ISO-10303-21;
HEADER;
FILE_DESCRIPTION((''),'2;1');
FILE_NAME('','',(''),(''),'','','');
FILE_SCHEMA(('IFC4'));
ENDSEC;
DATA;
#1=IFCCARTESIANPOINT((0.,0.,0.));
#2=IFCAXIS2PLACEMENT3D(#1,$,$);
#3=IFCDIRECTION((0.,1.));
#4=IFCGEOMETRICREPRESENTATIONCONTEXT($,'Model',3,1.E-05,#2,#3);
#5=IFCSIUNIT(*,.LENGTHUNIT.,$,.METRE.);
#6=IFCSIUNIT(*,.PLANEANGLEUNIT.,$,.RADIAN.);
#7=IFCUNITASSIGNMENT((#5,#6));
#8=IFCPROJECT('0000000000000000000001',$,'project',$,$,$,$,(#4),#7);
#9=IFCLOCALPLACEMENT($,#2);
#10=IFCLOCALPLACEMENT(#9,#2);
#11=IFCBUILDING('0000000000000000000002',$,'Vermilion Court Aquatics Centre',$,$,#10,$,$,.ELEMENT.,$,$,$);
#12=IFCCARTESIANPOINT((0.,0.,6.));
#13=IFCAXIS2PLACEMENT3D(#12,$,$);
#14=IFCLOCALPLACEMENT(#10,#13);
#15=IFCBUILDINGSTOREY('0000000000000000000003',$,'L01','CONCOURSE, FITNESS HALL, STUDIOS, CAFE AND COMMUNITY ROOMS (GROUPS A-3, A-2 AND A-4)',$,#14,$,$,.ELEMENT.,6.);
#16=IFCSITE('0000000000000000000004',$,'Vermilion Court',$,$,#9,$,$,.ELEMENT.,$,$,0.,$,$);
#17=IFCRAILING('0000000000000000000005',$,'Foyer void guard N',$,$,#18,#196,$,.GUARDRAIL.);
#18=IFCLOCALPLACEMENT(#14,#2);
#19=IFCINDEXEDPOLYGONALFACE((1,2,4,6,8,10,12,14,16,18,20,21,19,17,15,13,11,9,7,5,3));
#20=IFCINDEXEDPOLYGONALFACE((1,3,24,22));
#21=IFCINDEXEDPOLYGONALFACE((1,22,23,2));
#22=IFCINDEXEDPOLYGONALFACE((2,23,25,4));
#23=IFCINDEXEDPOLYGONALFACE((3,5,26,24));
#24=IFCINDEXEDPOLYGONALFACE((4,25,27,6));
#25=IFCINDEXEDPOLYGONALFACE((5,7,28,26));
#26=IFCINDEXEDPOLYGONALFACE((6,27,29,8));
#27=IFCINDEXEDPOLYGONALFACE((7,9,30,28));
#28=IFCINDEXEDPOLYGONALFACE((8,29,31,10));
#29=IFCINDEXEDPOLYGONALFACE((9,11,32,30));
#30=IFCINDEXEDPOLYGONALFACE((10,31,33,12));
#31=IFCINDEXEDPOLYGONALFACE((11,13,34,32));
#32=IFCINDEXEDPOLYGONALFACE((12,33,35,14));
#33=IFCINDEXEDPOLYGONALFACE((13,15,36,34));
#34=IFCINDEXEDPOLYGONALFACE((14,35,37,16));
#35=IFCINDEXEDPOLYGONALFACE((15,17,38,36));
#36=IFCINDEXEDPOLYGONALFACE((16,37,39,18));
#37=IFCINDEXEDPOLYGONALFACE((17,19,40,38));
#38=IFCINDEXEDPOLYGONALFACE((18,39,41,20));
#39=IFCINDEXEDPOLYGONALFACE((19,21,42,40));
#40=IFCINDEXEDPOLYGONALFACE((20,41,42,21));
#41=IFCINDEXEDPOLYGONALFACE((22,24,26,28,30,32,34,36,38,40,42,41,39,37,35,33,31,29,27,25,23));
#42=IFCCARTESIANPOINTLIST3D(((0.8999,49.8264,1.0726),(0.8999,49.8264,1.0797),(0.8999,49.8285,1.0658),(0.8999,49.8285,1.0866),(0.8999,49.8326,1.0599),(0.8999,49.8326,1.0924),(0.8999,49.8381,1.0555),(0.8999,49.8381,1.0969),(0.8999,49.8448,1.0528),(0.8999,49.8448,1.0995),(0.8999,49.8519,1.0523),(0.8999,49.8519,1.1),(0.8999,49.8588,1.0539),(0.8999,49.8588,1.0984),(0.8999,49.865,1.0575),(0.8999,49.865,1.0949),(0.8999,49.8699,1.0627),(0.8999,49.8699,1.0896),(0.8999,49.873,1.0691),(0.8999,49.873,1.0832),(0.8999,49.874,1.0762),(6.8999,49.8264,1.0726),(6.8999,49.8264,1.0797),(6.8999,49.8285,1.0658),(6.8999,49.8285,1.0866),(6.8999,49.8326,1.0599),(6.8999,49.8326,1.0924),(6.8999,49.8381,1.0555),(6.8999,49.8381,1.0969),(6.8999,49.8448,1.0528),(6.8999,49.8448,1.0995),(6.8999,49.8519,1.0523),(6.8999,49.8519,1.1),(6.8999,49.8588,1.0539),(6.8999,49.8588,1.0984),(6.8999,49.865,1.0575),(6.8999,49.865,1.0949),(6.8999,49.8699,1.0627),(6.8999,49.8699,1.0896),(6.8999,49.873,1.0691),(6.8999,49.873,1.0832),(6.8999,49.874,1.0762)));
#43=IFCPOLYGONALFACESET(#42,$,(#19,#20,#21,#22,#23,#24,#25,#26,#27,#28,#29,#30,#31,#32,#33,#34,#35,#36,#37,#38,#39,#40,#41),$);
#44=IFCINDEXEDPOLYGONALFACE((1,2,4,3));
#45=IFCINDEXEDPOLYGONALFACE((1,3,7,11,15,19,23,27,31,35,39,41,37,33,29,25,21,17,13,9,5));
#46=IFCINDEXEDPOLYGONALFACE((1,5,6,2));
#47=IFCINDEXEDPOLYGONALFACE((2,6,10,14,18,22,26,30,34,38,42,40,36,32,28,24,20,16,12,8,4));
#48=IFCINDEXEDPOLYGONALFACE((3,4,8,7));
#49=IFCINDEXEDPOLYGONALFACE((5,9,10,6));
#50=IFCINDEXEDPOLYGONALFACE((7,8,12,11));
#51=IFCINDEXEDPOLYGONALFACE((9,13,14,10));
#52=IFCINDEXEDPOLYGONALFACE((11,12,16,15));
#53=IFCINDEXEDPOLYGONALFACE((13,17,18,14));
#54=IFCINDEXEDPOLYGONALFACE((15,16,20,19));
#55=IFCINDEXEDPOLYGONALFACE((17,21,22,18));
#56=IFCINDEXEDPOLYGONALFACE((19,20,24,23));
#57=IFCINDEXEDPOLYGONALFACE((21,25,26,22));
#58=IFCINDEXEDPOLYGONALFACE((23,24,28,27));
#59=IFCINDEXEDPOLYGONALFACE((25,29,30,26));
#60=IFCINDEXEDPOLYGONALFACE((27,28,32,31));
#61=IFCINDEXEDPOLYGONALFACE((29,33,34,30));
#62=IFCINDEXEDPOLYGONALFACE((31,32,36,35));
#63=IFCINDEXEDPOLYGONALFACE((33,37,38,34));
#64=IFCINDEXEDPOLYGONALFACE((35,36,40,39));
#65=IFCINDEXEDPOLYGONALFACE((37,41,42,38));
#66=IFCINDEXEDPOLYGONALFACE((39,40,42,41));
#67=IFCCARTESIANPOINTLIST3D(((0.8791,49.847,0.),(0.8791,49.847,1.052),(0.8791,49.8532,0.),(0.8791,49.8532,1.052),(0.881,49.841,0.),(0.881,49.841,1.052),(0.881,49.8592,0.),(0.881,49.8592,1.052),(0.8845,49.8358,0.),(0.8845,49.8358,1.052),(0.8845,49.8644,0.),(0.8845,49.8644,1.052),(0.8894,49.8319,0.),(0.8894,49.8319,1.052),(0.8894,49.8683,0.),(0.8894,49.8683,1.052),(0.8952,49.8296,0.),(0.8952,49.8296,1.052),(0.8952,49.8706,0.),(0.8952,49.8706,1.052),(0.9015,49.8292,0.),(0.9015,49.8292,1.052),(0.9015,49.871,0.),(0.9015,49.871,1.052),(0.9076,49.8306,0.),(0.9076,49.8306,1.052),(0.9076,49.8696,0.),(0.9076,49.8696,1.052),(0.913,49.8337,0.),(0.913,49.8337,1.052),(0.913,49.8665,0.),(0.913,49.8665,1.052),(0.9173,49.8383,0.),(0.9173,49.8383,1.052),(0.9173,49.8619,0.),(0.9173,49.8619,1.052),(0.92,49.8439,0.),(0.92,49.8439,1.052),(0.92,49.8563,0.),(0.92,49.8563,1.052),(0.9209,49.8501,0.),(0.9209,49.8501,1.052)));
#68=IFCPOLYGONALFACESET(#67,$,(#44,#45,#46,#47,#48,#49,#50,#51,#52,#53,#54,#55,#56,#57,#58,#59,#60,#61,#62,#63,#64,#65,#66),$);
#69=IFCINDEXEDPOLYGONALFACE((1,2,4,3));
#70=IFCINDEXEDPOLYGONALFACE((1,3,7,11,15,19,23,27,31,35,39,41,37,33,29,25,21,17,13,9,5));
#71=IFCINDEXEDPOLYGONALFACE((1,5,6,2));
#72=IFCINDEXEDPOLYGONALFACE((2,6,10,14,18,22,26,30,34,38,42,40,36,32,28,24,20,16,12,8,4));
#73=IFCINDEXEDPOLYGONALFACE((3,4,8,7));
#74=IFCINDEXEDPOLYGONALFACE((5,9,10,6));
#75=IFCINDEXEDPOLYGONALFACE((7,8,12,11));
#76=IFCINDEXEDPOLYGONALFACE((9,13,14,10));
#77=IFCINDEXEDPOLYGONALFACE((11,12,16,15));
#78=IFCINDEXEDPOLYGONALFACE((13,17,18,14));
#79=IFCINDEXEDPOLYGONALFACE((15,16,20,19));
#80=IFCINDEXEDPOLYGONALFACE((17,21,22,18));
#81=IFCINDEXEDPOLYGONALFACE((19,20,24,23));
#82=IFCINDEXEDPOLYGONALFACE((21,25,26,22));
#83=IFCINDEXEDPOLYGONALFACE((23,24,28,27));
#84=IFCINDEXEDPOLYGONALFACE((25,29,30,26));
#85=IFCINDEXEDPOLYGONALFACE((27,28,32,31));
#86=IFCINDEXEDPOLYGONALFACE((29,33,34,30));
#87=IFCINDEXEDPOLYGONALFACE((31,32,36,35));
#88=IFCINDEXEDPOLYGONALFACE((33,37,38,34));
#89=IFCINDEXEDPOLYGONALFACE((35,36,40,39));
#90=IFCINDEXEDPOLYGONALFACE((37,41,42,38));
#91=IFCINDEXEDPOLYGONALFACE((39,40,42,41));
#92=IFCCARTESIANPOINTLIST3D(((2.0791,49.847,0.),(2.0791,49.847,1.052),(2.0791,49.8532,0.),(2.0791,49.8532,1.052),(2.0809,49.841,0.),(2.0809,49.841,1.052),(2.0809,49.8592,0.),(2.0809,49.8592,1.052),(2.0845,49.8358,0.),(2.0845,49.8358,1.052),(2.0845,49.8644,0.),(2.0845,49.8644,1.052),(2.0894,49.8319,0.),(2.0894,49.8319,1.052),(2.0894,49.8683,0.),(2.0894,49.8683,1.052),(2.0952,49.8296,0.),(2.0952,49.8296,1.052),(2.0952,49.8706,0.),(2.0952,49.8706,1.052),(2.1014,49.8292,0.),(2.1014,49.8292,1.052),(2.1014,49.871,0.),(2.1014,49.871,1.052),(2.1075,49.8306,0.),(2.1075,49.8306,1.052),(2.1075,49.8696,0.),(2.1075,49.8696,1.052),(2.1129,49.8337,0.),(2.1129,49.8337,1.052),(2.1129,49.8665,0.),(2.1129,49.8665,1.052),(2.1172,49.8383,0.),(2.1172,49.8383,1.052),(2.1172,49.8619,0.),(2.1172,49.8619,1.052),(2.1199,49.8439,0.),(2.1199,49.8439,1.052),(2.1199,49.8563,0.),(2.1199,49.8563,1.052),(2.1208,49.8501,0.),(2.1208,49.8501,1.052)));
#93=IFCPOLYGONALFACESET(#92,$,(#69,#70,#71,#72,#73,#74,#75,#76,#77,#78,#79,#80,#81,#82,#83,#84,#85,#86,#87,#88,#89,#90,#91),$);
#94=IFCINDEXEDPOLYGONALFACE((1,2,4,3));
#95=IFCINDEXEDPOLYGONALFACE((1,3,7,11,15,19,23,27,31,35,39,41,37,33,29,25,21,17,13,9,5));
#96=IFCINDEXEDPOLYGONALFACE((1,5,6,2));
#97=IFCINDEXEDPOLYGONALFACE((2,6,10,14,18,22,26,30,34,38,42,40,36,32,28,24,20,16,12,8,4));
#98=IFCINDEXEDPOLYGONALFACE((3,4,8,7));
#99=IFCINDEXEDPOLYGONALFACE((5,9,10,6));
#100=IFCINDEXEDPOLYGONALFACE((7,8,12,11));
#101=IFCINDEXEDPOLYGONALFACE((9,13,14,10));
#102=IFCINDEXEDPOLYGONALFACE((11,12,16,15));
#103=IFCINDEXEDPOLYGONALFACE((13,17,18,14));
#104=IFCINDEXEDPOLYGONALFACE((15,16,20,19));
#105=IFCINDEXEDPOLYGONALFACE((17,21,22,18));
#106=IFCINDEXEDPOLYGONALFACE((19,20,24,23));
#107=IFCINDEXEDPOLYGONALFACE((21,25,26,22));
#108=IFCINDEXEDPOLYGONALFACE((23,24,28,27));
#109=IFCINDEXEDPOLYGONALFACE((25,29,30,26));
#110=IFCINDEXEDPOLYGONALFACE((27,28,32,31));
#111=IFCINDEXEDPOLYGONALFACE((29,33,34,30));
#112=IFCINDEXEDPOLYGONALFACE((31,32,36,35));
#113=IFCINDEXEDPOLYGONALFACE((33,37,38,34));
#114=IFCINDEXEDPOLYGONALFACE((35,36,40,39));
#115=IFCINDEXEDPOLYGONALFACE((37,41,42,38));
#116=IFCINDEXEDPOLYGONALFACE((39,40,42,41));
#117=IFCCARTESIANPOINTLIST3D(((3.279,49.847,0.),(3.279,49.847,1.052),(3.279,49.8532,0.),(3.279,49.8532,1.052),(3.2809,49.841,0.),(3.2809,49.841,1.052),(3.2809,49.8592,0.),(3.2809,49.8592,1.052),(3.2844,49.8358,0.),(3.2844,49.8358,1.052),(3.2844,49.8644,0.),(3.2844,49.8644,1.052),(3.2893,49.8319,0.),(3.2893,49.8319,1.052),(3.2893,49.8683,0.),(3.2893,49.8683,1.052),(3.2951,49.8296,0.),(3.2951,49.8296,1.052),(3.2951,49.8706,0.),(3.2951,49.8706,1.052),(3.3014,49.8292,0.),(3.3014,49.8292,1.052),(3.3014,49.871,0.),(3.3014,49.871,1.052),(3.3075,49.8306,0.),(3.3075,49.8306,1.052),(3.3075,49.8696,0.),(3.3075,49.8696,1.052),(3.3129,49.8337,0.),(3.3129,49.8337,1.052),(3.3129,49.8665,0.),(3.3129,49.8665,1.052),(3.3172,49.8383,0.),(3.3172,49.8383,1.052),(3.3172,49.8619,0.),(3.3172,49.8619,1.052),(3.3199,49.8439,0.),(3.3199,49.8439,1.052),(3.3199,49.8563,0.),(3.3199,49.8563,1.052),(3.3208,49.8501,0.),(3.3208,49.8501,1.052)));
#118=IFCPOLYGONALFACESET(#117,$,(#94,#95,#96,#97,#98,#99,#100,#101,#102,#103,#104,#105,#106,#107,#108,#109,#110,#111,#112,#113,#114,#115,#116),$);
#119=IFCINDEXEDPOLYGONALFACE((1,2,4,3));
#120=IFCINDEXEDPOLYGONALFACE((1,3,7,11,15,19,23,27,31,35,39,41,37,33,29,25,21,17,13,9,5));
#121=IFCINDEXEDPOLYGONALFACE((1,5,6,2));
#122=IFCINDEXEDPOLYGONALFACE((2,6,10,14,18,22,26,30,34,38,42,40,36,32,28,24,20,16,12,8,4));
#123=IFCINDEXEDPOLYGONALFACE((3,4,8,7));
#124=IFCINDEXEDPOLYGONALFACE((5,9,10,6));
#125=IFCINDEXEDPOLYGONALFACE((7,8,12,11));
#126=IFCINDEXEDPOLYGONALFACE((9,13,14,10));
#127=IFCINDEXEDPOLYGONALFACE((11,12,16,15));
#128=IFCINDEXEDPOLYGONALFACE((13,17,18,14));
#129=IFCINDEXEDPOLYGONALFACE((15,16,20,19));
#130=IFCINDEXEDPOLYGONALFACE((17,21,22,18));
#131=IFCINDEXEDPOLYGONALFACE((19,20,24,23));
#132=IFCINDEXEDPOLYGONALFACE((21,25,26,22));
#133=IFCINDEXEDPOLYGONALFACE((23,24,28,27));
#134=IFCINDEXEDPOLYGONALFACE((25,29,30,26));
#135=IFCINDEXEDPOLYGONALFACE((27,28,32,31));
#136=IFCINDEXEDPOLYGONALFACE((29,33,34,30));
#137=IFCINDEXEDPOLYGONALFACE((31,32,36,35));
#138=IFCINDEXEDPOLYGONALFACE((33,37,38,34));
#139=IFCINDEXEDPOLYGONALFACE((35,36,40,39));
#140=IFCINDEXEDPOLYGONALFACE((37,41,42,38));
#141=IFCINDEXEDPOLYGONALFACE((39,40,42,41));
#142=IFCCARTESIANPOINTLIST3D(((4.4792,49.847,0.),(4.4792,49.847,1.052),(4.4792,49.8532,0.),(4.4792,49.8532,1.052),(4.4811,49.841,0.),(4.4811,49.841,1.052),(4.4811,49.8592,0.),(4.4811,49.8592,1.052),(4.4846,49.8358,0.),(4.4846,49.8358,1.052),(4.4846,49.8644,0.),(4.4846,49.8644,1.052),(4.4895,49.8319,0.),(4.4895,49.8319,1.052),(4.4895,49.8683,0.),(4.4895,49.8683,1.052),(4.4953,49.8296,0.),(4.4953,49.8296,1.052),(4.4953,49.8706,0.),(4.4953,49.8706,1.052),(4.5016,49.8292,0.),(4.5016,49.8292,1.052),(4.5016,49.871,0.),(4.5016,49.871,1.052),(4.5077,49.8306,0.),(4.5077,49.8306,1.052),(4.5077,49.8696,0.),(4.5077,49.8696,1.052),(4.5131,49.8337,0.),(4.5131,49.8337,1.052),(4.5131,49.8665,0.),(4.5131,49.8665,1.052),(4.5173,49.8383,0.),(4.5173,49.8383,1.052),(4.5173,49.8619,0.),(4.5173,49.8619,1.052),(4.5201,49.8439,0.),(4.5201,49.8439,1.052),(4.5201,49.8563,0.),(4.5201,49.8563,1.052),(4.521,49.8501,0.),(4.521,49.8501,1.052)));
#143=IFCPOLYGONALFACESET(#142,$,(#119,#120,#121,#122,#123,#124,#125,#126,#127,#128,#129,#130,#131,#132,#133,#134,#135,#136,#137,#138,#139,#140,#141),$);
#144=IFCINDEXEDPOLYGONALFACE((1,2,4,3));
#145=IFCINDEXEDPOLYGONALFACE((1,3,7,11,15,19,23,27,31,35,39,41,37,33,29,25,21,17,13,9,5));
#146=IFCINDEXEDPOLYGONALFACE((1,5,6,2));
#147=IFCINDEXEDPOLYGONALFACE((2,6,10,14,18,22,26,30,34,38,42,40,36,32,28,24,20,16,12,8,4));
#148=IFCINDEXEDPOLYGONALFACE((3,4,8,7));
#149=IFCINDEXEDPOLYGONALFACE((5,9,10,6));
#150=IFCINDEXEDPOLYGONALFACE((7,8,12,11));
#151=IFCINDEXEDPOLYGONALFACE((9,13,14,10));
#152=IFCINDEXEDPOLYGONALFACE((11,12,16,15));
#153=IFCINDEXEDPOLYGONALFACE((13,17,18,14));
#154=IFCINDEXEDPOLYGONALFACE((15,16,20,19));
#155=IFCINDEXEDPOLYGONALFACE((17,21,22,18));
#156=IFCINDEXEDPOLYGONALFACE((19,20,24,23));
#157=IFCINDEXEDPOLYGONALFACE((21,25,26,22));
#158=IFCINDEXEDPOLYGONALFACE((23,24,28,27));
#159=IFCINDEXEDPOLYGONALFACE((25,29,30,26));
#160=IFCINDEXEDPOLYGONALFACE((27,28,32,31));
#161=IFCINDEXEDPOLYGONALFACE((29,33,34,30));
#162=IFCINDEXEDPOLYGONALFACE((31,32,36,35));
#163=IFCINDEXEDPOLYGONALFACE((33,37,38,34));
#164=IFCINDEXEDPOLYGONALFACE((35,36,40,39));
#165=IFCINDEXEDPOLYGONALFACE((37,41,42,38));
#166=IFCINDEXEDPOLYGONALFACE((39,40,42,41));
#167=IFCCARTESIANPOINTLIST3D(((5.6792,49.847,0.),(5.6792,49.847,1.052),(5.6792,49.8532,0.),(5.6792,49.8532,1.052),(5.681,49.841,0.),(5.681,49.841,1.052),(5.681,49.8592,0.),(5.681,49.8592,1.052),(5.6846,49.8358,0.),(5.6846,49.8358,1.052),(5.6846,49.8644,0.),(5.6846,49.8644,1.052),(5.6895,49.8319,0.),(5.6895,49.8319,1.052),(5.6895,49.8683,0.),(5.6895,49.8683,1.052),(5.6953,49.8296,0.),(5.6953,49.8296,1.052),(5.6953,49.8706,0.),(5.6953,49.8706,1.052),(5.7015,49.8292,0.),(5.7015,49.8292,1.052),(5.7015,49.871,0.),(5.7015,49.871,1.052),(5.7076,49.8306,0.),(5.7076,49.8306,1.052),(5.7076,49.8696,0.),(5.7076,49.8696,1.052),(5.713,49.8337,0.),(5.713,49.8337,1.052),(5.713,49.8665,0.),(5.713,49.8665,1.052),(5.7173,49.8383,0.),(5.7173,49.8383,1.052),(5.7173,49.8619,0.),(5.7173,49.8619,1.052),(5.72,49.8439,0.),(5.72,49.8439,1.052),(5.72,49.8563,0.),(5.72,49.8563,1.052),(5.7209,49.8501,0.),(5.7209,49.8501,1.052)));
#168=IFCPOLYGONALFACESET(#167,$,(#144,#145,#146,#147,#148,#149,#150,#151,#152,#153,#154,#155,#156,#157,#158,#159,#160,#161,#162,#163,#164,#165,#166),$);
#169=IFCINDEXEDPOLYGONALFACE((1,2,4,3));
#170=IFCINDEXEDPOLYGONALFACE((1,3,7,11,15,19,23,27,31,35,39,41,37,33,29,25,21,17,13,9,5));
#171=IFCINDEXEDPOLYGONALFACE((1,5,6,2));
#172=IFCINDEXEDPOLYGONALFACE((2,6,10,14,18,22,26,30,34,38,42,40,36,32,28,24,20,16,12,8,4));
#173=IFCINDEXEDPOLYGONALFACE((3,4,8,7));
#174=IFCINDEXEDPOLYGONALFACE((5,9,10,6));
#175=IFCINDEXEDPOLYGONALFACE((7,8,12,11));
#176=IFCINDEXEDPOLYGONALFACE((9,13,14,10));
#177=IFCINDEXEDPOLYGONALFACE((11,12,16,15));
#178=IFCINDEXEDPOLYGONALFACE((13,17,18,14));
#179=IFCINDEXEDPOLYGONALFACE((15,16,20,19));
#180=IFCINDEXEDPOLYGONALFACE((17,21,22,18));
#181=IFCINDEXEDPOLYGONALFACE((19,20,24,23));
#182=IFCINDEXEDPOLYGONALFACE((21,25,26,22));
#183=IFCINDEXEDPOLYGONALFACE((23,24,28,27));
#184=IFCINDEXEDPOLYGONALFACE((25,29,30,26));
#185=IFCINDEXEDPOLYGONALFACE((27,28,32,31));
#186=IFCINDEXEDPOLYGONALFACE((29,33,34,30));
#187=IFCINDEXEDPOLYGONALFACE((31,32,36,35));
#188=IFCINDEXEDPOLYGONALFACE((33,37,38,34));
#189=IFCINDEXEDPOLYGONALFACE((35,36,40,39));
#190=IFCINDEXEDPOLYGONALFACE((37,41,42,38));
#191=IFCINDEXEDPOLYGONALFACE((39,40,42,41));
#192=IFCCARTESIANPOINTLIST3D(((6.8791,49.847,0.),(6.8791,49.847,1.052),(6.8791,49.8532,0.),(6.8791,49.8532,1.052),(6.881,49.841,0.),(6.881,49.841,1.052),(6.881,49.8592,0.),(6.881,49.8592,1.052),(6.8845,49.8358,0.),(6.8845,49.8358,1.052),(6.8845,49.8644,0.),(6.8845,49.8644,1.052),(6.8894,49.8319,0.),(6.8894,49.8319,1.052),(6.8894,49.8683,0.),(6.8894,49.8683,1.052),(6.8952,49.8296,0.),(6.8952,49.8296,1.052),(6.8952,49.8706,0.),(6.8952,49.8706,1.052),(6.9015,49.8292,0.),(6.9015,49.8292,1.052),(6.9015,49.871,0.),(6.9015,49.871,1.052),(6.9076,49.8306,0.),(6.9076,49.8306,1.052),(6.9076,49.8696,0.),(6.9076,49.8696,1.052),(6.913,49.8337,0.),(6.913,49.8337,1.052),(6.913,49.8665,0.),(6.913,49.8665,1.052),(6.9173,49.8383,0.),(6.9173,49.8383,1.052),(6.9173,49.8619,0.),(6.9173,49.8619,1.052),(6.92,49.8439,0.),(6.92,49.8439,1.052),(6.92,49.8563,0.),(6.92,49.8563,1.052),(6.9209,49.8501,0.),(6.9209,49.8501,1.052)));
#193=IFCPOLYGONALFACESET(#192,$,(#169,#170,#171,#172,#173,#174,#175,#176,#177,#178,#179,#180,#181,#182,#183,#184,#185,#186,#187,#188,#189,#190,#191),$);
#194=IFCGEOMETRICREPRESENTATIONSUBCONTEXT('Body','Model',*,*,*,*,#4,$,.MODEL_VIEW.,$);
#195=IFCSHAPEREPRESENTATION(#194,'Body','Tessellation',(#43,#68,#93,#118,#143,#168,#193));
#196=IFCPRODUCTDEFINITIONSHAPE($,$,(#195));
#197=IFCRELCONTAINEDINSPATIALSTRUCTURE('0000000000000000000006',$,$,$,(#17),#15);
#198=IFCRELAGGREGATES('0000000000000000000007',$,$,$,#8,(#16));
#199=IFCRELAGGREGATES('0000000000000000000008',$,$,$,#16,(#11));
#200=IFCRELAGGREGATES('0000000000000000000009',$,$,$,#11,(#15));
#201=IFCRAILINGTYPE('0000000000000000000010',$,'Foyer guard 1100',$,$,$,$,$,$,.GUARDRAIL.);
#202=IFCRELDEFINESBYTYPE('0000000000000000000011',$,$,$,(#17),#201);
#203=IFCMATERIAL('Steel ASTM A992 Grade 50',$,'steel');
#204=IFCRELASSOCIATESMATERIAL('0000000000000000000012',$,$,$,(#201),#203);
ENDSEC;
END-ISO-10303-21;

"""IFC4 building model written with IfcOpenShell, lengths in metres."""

from ifc_helpers import new_model, si_unit, direction, frame, origin, origin_2d, place, context, subcontext, project, spatial, circle, extrude, material, type_object, element, save


model = new_model("IFC4")

# Units and contexts
model_context = context("Model", 3, precision=1e-05, world=origin(), true_north=direction((0.0, 1.0)))
body_context = subcontext(model_context, "Body", "Model", "MODEL_VIEW")
ifc_project = project(units=[si_unit("LENGTHUNIT", "METRE"), si_unit("PLANEANGLEUNIT", "RADIAN")], contexts=[model_context])

# Site, building, storey
site_placement = place(None, origin())
site = spatial("IfcSite", under=ifc_project, at=site_placement, Name="Vermilion Court", CompositionType="ELEMENT", RefElevation=0.0)
building_placement = place(site_placement, origin())
building = spatial("IfcBuilding", under=site, at=building_placement, Name="Vermilion Court Aquatics Centre", CompositionType="ELEMENT")
storey_placement = place(building_placement, frame((0.0, 0.0, 6.0)))
storey = spatial("IfcBuildingStorey", under=building, at=storey_placement, Name="L01", Description="CONCOURSE, FITNESS HALL, STUDIOS, CAFE AND COMMUNITY ROOMS (GROUPS A-3, A-2 AND A-4)", CompositionType="ELEMENT", Elevation=6.0)

# Railing
ifc_material_1 = material(Name="Steel ASTM A992 Grade 50", Category="steel")
railing_type = type_object("IfcRailingType", Name="Foyer guard 1100", PredefinedType="GUARDRAIL", material=ifc_material_1)
for number, where, name in (
    (1, (0.8999, 49.8501, 0.0), "Foyer void guard N"),
):
    element("IfcRailing", number, at=place(storey_placement, frame(where)), inside=storey, type_object=railing_type, Name=name, PredefinedType="GUARDRAIL", context=body_context, shape_type="SweptSolid", body=[
        extrude(circle(Radius=0.0239, at=origin_2d()), frame((0.0, 0.0, 1.0762), z_axis=(1.0, 0.0, 0.0), x_axis=(0.0, 1.0, 0.0)), (0.0, 0.0, 1.0), 6.0),
        extrude(circle(Radius=0.021, at=origin_2d()), origin(), (0.0, 0.0, 1.0), 1.052),
        extrude(circle(Radius=0.021, at=origin_2d()), frame((1.2, 0.0, 0.0)), (0.0, 0.0, 1.0), 1.052),
        extrude(circle(Radius=0.021, at=origin_2d()), frame((2.3999, 0.0, 0.0)), (0.0, 0.0, 1.0), 1.052),
        extrude(circle(Radius=0.021, at=origin_2d()), frame((3.6001, 0.0, 0.0)), (0.0, 0.0, 1.0), 1.052),
        extrude(circle(Radius=0.021, at=origin_2d()), frame((4.8, 0.0, 0.0)), (0.0, 0.0, 1.0), 1.052),
        extrude(circle(Radius=0.021, at=origin_2d()), frame((6.0, 0.0, 0.0)), (0.0, 0.0, 1.0), 1.052),
    ])

save(model, "model.ifc")
